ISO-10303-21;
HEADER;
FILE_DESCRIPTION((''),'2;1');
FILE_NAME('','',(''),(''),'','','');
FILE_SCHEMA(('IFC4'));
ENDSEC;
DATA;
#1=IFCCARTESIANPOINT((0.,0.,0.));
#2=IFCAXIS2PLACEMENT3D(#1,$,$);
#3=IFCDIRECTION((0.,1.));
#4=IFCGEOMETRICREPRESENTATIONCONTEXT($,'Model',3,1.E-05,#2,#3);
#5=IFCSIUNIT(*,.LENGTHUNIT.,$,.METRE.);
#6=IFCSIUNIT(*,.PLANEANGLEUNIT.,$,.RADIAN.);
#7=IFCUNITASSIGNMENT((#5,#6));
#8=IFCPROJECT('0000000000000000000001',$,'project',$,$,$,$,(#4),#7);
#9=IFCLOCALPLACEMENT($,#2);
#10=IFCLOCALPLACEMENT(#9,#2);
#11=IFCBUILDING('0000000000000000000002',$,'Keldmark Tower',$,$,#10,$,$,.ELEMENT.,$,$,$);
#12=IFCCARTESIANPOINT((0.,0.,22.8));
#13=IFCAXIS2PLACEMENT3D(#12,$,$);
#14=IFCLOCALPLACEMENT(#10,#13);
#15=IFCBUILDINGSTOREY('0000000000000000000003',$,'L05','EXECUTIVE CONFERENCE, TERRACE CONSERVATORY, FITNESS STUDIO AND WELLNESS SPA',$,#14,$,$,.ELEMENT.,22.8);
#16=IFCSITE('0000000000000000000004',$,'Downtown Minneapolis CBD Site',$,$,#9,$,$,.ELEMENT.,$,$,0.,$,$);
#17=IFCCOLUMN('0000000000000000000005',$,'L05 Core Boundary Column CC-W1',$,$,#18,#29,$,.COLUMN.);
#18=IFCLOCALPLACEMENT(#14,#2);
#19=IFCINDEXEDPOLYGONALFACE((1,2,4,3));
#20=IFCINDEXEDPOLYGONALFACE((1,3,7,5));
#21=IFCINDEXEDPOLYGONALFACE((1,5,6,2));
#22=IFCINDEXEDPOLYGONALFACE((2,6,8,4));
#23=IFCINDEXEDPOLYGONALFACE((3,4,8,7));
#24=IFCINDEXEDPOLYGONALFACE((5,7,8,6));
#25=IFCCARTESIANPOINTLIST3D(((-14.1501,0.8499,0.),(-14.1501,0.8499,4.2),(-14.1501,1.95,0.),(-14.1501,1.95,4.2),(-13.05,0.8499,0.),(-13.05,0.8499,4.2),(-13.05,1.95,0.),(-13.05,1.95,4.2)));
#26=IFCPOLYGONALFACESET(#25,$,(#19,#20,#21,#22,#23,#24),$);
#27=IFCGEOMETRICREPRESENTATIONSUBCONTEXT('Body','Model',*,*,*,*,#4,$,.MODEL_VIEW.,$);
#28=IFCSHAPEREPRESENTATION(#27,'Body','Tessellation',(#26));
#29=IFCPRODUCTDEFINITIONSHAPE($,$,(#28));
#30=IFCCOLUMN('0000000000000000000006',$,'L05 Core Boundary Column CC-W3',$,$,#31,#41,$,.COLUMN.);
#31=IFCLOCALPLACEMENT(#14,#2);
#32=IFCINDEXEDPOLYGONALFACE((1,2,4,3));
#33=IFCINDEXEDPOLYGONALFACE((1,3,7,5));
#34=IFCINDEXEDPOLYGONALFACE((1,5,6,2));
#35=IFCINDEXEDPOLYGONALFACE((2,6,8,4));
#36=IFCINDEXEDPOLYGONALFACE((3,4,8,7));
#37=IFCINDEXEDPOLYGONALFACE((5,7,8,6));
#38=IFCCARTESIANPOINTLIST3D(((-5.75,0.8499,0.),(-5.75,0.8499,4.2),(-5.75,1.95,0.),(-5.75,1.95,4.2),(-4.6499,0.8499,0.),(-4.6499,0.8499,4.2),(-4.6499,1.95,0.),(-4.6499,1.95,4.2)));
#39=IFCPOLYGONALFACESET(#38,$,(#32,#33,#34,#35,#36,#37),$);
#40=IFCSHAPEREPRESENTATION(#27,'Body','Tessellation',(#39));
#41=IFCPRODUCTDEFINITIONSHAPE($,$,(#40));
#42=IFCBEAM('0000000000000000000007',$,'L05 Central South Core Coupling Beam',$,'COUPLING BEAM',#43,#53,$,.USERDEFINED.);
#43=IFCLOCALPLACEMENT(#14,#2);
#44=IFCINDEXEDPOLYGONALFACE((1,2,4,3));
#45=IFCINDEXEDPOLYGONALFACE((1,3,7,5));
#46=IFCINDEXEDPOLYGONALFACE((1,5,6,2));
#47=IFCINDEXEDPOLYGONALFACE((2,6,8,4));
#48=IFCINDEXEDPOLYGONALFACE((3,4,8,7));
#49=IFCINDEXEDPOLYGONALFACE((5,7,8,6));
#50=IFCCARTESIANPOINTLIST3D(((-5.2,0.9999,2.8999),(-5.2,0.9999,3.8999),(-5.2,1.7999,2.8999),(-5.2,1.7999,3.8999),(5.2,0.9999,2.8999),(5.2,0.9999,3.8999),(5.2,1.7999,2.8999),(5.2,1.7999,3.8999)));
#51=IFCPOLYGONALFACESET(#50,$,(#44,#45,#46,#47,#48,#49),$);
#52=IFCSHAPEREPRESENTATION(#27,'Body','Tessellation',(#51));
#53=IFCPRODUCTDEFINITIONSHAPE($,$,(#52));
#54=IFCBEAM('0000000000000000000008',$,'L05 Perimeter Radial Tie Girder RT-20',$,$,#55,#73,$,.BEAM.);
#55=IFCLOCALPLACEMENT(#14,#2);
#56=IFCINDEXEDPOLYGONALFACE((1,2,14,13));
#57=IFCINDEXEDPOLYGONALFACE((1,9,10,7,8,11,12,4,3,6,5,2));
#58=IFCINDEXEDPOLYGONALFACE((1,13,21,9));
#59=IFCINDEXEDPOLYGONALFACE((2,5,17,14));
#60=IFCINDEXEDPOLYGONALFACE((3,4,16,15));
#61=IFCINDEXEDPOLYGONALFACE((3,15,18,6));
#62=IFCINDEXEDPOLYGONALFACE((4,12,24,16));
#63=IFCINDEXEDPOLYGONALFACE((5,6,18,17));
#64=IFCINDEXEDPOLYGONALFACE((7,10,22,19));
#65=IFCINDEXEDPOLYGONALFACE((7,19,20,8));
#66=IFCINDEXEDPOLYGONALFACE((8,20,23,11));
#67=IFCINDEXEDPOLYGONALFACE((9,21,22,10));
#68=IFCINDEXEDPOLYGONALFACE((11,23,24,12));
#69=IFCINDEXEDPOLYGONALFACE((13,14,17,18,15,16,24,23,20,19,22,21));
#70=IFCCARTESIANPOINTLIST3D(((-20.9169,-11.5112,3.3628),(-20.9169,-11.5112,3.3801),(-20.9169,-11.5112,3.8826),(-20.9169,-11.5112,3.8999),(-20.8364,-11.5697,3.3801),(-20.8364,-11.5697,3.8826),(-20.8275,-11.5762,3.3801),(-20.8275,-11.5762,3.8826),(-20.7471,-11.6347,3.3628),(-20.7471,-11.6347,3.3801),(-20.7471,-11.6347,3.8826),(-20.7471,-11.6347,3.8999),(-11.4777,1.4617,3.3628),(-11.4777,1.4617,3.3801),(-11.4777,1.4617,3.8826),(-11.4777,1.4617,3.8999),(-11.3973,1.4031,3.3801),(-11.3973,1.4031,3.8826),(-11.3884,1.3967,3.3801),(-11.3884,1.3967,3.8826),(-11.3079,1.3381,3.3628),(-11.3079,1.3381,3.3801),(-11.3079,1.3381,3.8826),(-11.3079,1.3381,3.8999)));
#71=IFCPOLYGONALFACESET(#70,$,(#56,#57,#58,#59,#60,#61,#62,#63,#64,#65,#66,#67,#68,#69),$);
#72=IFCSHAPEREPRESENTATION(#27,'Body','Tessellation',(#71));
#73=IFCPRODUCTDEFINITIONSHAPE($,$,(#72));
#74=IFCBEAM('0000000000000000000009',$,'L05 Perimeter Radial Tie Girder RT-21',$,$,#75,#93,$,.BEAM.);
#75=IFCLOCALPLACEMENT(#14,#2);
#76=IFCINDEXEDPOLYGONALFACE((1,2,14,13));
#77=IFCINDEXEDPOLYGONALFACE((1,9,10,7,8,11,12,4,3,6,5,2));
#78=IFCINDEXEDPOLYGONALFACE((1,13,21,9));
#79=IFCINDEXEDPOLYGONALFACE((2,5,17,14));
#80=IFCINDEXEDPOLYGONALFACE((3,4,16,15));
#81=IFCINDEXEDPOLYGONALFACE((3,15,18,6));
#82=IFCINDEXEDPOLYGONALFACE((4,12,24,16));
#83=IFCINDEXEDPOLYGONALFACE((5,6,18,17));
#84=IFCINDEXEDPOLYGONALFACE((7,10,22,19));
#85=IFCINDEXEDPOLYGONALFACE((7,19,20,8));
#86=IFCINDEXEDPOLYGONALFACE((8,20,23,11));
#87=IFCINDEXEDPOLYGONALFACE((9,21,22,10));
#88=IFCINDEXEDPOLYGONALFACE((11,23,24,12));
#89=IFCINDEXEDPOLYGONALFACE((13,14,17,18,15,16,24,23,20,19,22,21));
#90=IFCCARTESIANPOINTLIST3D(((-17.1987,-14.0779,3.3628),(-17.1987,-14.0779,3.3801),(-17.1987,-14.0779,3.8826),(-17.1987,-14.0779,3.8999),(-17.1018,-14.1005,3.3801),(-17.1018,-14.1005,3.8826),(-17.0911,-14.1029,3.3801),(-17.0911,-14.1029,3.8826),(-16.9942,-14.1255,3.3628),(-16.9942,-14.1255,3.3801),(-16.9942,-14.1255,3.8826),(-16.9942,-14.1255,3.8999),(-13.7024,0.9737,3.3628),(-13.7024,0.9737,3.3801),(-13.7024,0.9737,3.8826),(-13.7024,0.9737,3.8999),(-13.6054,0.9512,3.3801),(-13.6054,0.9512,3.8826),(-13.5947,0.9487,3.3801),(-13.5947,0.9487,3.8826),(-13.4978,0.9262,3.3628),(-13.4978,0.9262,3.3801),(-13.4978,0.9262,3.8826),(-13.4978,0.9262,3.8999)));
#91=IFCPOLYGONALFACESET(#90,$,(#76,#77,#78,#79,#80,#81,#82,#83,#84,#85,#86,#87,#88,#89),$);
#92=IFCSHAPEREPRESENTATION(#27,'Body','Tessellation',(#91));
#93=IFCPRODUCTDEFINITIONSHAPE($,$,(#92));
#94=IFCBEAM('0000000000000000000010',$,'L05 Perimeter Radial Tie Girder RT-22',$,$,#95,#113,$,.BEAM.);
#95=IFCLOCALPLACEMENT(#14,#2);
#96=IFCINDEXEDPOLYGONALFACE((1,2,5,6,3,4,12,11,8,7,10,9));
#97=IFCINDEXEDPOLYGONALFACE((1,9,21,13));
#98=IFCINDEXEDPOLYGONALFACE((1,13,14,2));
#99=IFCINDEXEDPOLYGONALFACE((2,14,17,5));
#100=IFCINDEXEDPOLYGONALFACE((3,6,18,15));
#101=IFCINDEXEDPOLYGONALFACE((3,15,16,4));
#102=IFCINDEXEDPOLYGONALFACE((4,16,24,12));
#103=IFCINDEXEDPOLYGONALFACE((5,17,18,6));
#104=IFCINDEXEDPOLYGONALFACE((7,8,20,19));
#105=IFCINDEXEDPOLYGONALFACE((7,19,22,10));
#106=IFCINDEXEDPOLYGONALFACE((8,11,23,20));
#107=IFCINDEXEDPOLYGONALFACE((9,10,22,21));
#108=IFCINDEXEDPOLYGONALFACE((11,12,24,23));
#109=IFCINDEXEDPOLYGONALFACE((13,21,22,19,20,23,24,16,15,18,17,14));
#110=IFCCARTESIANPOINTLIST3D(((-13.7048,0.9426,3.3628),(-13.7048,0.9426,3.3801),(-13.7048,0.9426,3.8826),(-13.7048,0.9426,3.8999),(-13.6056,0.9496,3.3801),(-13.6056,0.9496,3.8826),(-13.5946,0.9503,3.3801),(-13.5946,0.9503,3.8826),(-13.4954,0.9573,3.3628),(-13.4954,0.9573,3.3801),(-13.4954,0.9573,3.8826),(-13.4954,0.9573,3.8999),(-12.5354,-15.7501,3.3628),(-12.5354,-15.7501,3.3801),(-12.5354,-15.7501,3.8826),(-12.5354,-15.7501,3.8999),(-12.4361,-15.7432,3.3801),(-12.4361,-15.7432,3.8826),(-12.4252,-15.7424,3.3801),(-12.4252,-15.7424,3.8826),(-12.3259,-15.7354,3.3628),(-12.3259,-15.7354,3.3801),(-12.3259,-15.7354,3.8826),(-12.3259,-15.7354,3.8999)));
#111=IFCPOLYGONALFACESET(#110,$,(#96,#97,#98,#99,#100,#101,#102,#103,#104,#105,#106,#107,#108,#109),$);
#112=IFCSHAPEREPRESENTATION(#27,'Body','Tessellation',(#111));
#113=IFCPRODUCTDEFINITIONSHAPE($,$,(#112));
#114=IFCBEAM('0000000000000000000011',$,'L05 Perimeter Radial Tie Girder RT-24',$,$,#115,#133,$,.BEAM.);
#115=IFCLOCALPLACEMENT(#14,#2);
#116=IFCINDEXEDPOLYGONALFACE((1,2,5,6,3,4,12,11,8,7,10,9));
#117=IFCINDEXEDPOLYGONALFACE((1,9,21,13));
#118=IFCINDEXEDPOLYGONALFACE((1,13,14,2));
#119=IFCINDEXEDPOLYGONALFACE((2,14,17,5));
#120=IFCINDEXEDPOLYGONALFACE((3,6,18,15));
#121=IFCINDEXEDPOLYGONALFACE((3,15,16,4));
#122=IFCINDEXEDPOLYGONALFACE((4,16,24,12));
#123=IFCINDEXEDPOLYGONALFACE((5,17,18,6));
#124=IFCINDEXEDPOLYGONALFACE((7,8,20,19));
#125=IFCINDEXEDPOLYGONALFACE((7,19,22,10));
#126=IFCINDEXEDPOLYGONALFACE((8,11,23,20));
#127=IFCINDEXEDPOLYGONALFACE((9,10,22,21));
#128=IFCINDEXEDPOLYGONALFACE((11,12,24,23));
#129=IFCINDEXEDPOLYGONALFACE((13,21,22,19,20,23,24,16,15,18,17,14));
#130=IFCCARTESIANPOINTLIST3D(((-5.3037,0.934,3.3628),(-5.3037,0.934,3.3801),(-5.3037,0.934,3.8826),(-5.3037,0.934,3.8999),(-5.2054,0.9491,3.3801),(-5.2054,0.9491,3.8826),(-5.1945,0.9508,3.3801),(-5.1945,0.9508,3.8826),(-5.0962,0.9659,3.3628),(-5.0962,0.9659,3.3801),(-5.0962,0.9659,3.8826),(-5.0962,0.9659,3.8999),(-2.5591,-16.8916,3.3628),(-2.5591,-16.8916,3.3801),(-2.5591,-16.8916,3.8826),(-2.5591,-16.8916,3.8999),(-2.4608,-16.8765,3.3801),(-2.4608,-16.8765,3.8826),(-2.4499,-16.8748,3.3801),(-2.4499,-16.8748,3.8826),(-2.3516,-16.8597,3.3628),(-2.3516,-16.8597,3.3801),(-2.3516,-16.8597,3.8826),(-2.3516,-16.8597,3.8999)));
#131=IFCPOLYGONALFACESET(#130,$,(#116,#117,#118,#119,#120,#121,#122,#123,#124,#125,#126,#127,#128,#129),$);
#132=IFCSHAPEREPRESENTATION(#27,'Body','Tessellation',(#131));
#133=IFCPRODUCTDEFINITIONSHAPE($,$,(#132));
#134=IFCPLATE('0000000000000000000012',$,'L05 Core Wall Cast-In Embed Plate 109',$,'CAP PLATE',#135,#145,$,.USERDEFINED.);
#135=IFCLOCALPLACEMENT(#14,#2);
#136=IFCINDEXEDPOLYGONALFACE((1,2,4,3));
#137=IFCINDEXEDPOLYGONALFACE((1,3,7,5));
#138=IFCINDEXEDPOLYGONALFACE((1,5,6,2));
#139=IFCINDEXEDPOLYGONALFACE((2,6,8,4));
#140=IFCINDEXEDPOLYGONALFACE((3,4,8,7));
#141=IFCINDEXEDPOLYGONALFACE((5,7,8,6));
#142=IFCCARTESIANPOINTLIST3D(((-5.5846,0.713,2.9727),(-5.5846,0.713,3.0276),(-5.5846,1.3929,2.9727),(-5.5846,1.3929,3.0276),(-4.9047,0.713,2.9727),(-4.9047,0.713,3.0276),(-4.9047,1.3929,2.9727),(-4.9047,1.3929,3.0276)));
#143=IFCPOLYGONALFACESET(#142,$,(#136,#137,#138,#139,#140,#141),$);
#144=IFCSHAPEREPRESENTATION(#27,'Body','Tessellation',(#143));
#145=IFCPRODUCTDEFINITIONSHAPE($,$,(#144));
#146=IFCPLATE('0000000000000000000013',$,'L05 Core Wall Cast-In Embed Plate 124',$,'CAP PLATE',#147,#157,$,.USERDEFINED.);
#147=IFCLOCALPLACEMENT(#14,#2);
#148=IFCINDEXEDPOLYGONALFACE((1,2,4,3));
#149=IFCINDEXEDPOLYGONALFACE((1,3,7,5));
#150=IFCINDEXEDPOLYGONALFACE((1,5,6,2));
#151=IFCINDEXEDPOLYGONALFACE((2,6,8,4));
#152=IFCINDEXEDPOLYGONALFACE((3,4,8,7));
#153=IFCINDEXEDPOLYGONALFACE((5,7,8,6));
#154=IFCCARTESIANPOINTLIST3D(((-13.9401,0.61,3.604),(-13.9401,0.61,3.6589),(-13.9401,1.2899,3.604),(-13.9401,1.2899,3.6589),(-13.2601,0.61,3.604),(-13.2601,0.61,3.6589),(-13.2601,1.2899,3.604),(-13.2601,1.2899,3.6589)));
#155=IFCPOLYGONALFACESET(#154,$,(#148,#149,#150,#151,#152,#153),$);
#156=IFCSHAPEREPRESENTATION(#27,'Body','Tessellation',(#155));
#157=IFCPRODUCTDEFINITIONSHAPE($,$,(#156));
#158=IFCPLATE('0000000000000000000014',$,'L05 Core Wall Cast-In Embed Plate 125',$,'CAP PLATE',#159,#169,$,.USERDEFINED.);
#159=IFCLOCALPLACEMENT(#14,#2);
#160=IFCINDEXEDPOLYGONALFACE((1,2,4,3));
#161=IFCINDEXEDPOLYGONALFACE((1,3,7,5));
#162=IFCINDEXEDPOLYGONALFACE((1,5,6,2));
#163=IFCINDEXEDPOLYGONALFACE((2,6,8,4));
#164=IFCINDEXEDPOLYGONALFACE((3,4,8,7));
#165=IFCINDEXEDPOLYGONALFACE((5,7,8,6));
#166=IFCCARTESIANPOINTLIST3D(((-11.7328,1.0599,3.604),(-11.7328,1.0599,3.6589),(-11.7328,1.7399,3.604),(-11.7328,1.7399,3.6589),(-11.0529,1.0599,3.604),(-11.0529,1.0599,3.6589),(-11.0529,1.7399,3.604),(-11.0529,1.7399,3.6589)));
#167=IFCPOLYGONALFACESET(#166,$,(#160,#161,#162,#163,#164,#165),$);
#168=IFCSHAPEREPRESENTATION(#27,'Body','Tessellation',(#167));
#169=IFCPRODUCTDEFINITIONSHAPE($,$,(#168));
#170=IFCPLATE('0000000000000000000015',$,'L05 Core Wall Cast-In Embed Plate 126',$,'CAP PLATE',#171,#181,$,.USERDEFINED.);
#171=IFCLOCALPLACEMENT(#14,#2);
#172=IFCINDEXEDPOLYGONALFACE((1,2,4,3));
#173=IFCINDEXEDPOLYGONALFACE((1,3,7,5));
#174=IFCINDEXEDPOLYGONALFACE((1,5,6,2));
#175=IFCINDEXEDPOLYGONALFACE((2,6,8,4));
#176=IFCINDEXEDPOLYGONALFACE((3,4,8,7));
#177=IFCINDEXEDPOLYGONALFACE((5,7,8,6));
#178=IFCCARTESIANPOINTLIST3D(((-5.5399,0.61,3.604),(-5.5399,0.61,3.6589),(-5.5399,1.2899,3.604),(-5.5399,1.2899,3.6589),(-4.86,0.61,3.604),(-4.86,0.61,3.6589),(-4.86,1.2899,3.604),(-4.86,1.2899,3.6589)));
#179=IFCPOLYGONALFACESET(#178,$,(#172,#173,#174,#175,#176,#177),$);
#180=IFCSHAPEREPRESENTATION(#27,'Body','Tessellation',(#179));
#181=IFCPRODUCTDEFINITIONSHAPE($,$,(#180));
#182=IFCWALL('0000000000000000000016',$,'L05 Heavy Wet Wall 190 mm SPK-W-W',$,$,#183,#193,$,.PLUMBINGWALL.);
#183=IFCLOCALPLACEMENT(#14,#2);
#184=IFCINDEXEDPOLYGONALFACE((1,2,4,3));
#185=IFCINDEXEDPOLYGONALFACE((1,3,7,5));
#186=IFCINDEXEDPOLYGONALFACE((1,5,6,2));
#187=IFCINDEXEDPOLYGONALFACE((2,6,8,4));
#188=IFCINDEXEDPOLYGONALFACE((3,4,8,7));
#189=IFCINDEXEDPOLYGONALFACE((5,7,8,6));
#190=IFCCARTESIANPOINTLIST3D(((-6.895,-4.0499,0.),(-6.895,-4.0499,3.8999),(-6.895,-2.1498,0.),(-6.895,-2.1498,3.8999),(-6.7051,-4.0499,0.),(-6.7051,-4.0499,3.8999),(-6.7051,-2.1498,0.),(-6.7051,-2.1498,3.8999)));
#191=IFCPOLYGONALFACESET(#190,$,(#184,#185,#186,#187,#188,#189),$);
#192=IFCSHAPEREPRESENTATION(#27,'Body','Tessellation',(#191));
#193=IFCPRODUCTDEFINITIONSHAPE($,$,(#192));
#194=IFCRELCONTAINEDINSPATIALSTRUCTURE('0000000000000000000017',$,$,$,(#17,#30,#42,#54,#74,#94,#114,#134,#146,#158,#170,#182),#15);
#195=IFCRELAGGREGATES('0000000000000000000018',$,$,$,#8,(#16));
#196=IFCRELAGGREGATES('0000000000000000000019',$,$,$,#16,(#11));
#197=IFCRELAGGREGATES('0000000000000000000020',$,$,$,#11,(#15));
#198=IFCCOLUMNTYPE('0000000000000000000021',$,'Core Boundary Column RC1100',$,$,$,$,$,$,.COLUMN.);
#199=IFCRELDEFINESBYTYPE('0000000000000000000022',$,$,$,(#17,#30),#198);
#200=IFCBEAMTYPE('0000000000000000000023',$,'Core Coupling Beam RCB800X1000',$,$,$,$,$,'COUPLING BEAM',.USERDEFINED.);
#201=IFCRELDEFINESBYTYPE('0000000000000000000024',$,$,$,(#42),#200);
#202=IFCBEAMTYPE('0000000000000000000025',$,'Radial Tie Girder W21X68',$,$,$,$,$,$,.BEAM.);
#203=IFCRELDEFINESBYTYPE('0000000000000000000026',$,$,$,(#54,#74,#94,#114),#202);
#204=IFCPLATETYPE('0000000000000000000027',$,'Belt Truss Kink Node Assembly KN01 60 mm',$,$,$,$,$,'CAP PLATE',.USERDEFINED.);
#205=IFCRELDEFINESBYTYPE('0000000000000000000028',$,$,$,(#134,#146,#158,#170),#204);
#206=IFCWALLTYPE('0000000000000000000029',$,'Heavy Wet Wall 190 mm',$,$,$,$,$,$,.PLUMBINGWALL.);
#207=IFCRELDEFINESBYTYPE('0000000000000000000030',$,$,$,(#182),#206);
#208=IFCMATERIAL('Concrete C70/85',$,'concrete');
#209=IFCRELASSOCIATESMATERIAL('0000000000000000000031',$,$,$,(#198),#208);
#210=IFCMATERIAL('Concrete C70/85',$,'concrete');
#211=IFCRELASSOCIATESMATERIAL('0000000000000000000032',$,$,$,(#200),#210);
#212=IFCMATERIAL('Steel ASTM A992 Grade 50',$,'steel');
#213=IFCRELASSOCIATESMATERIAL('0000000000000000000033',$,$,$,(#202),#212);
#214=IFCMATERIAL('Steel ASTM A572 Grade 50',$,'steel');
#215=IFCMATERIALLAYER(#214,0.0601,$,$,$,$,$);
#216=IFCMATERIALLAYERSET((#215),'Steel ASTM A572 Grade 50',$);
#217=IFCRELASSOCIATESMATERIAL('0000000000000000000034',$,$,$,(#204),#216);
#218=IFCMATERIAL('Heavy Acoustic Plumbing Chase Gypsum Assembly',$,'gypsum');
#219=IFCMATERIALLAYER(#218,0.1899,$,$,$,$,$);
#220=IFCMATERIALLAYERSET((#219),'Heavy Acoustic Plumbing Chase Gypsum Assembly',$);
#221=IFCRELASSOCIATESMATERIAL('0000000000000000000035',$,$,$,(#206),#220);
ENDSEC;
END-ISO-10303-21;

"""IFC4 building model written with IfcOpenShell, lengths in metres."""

from ifc_helpers import new_model, si_unit, direction, frame, frame_2d, origin, origin_2d, place, context, subcontext, project, spatial, rectangle, i_section, extrude, material, layer, layer_set, material_profile, profile_set, type_object, element, save


model = new_model("IFC4")

# Units and contexts
model_context = context("Model", 3, precision=1e-05, world=origin(), true_north=direction((0.0, 1.0)))
body_context = subcontext(model_context, "Body", "Model", "MODEL_VIEW")
ifc_project = project(units=[si_unit("LENGTHUNIT", "METRE"), si_unit("PLANEANGLEUNIT", "RADIAN")], contexts=[model_context])

# Site, building, storey
site_placement = place(None, origin())
site = spatial("IfcSite", under=ifc_project, at=site_placement, Name="Downtown Minneapolis CBD Site", CompositionType="ELEMENT", RefElevation=0.0)
building_placement = place(site_placement, origin())
building = spatial("IfcBuilding", under=site, at=building_placement, Name="Keldmark Tower", CompositionType="ELEMENT")
storey_placement = place(building_placement, frame((0.0, 0.0, 22.8)))
storey = spatial("IfcBuildingStorey", under=building, at=storey_placement, Name="L05", Description="EXECUTIVE CONFERENCE, TERRACE CONSERVATORY, FITNESS STUDIO AND WELLNESS SPA", CompositionType="ELEMENT", Elevation=22.8)

# Columns
ifc_material_1 = material(Name="Concrete C70/85", Category="concrete")
ifc_material_profile_1 = material_profile(ifc_material_1, rectangle(XDim=1.1001, YDim=1.1001, at=origin_2d()), Name="RC1100X1100")
ifc_profile_set_1 = profile_set([ifc_material_profile_1], Name="Concrete C70/85")
column_type = type_object("IfcColumnType", Name="Core Boundary Column RC1100", PredefinedType="COLUMN", material=ifc_profile_set_1)
for number, where, z_axis, x_axis, name in (
    (1, (-13.6001, 1.3999, 0.0), (0.0, 0.0, 1.0), (1.0, 0.0, 0.0), "L05 Core Boundary Column CC-W1"),
    (2, (-5.2, 1.3999, 0.0), (0.0, 0.0, 1.0), (1.0, 0.0, 0.0), "L05 Core Boundary Column CC-W3"),
):
    element("IfcColumn", number, at=place(storey_placement, frame(where, z_axis=z_axis, x_axis=x_axis)), inside=storey, type_object=column_type, Name=name, PredefinedType="COLUMN", context=body_context, shape_type="SweptSolid", body=[
        extrude(rectangle(XDim=1.1001, YDim=1.1001, at=origin_2d()), origin(), (0.0, 0.0, 1.0), 4.2),
    ])

# Beams
ifc_material_2 = material(Name="Concrete C70/85", Category="concrete")
ifc_material_profile_2 = material_profile(ifc_material_2, rectangle(XDim=0.8, YDim=1.0, at=origin_2d()), Name="RCB800X1000")
ifc_profile_set_2 = profile_set([ifc_material_profile_2], Name="Concrete C70/85")
beam_type_1 = type_object("IfcBeamType", Name="Core Coupling Beam RCB800X1000", ElementType="COUPLING BEAM", PredefinedType="USERDEFINED", material=ifc_profile_set_2)
beam_1_placement = place(storey_placement, frame((-5.2, 1.3999, 3.3999), z_axis=(1.0, 0.0, 0.0), x_axis=(0.0, 1.0, 0.0)))
element("IfcBeam", 3, at=beam_1_placement, inside=storey, type_object=beam_type_1, Name="L05 Central South Core Coupling Beam", ObjectType="COUPLING BEAM", PredefinedType="USERDEFINED", context=body_context, shape_type="SweptSolid", body=[
    extrude(rectangle(XDim=0.8, YDim=1.0, at=origin_2d()), origin(), (0.0, 0.0, 1.0), 10.3999),
])
ifc_material_3 = material(Name="Steel ASTM A992 Grade 50", Category="steel")
ifc_material_profile_3 = material_profile(ifc_material_3, i_section(OverallWidth=0.21, OverallDepth=0.5371, WebThickness=0.011, FlangeThickness=0.0173, at=origin_2d()), Name="W21X68")
ifc_profile_set_3 = profile_set([ifc_material_profile_3], Name="Steel ASTM A992 Grade 50")
beam_type_2 = type_object("IfcBeamType", Name="Radial Tie Girder W21X68", PredefinedType="BEAM", material=ifc_profile_set_3)
beam_2_placement = place(storey_placement, frame((-11.3928, 1.3999, 3.6313), z_axis=(-0.58835, -0.808606, 0.0), x_axis=(0.808606, -0.58835, 0.0)))
element("IfcBeam", 4, at=beam_2_placement, inside=storey, type_object=beam_type_2, Name="L05 Perimeter Radial Tie Girder RT-20", PredefinedType="BEAM", context=body_context, shape_type="SweptSolid", body=[
    extrude(i_section(OverallWidth=0.21, OverallDepth=0.5371, WebThickness=0.011, FlangeThickness=0.0173, at=origin_2d()), origin(), (0.0, 0.0, 1.0), 16.0435),
])
beam_3_placement = place(storey_placement, frame((-13.6001, 0.95, 3.6313), z_axis=(-0.226264, -0.974066, 0.0), x_axis=(0.974066, -0.226264, 0.0)))
element("IfcBeam", 5, at=beam_3_placement, inside=storey, type_object=beam_type_2, Name="L05 Perimeter Radial Tie Girder RT-21", PredefinedType="BEAM", context=body_context, shape_type="SweptSolid", body=[
    extrude(i_section(OverallWidth=0.21, OverallDepth=0.5371, WebThickness=0.011, FlangeThickness=0.0173, at=origin_2d()), origin(), (0.0, 0.0, 1.0), 15.4524),
])
beam_4_placement = place(storey_placement, frame((-13.6001, 0.95, 3.6313), z_axis=(0.069886, -0.997555, 0.0), x_axis=(0.997555, 0.069886, 0.0)))
element("IfcBeam", 6, at=beam_4_placement, inside=storey, type_object=beam_type_2, Name="L05 Perimeter Radial Tie Girder RT-22", PredefinedType="BEAM", context=body_context, shape_type="SweptSolid", body=[
    extrude(i_section(OverallWidth=0.21, OverallDepth=0.5371, WebThickness=0.011, FlangeThickness=0.0173, at=origin_2d()), origin(), (0.0, 0.0, 1.0), 16.7336),
])
beam_5_placement = place(storey_placement, frame((-5.2, 0.95, 3.6313), z_axis=(0.152177, -0.988353, 0.0), x_axis=(0.988353, 0.152177, 0.0)))
element("IfcBeam", 7, at=beam_5_placement, inside=storey, type_object=beam_type_2, Name="L05 Perimeter Radial Tie Girder RT-24", PredefinedType="BEAM", context=body_context, shape_type="SweptSolid", body=[
    extrude(i_section(OverallWidth=0.21, OverallDepth=0.5371, WebThickness=0.011, FlangeThickness=0.0173, at=origin_2d()), origin(), (0.0, 0.0, 1.0), 18.0356),
])

# Plates
ifc_material_4 = material(Name="Steel ASTM A572 Grade 50", Category="steel")
ifc_layer_1 = layer(ifc_material_4, 0.0601)
ifc_layer_set_1 = layer_set([ifc_layer_1], Name="Steel ASTM A572 Grade 50")
plate_type = type_object("IfcPlateType", Name="Belt Truss Kink Node Assembly KN01 60 mm", ElementType="CAP PLATE", PredefinedType="USERDEFINED", material=ifc_layer_set_1)
for number, where, z_axis, x_axis, name in (
    (8, (-5.2446, 1.053, 2.9727), (0.0, 0.0, 1.0), (1.0, 0.0, 0.0), "L05 Core Wall Cast-In Embed Plate 109"),
    (9, (-13.6001, 0.95, 3.604), (0.0, 0.0, 1.0), (1.0, 0.0, 0.0), "L05 Core Wall Cast-In Embed Plate 124"),
    (10, (-11.3928, 1.3999, 3.604), (0.0, 0.0, 1.0), (1.0, 0.0, 0.0), "L05 Core Wall Cast-In Embed Plate 125"),
    (11, (-5.2, 0.95, 3.604), (0.0, 0.0, 1.0), (1.0, 0.0, 0.0), "L05 Core Wall Cast-In Embed Plate 126"),
):
    element("IfcPlate", number, at=place(storey_placement, frame(where, z_axis=z_axis, x_axis=x_axis)), inside=storey, type_object=plate_type, Name=name, ObjectType="CAP PLATE", PredefinedType="USERDEFINED", context=body_context, shape_type="SweptSolid", body=[
        extrude(rectangle(XDim=0.6799, YDim=0.6799, at=origin_2d()), origin(), (0.0, 0.0, 1.0), 0.0549),
    ])

# Wall
ifc_material_5 = material(Name="Heavy Acoustic Plumbing Chase Gypsum Assembly", Category="gypsum")
ifc_layer_2 = layer(ifc_material_5, 0.1899)
ifc_layer_set_2 = layer_set([ifc_layer_2], Name="Heavy Acoustic Plumbing Chase Gypsum Assembly")
wall_type_1 = type_object("IfcWallType", Name="Heavy Wet Wall 190 mm", PredefinedType="PLUMBINGWALL", material=ifc_layer_set_2)
for number, where, z_axis, x_axis, name in (
    (12, (-6.8, -4.05, 0.0), (0.0, 0.0, 1.0), (0.0, 1.0, 0.0), "L05 Heavy Wet Wall 190 mm SPK-W-W"),
):
    element("IfcWall", number, at=place(storey_placement, frame(where, z_axis=z_axis, x_axis=x_axis)), inside=storey, type_object=wall_type_1, Name=name, PredefinedType="PLUMBINGWALL", context=body_context, shape_type="SweptSolid", body=[
        extrude(rectangle(XDim=1.9001, YDim=0.1899, at=frame_2d((0.9502, 0.0))), origin(), (0.0, 0.0, 1.0), 3.8999),
    ])

save(model, "model.ifc")
